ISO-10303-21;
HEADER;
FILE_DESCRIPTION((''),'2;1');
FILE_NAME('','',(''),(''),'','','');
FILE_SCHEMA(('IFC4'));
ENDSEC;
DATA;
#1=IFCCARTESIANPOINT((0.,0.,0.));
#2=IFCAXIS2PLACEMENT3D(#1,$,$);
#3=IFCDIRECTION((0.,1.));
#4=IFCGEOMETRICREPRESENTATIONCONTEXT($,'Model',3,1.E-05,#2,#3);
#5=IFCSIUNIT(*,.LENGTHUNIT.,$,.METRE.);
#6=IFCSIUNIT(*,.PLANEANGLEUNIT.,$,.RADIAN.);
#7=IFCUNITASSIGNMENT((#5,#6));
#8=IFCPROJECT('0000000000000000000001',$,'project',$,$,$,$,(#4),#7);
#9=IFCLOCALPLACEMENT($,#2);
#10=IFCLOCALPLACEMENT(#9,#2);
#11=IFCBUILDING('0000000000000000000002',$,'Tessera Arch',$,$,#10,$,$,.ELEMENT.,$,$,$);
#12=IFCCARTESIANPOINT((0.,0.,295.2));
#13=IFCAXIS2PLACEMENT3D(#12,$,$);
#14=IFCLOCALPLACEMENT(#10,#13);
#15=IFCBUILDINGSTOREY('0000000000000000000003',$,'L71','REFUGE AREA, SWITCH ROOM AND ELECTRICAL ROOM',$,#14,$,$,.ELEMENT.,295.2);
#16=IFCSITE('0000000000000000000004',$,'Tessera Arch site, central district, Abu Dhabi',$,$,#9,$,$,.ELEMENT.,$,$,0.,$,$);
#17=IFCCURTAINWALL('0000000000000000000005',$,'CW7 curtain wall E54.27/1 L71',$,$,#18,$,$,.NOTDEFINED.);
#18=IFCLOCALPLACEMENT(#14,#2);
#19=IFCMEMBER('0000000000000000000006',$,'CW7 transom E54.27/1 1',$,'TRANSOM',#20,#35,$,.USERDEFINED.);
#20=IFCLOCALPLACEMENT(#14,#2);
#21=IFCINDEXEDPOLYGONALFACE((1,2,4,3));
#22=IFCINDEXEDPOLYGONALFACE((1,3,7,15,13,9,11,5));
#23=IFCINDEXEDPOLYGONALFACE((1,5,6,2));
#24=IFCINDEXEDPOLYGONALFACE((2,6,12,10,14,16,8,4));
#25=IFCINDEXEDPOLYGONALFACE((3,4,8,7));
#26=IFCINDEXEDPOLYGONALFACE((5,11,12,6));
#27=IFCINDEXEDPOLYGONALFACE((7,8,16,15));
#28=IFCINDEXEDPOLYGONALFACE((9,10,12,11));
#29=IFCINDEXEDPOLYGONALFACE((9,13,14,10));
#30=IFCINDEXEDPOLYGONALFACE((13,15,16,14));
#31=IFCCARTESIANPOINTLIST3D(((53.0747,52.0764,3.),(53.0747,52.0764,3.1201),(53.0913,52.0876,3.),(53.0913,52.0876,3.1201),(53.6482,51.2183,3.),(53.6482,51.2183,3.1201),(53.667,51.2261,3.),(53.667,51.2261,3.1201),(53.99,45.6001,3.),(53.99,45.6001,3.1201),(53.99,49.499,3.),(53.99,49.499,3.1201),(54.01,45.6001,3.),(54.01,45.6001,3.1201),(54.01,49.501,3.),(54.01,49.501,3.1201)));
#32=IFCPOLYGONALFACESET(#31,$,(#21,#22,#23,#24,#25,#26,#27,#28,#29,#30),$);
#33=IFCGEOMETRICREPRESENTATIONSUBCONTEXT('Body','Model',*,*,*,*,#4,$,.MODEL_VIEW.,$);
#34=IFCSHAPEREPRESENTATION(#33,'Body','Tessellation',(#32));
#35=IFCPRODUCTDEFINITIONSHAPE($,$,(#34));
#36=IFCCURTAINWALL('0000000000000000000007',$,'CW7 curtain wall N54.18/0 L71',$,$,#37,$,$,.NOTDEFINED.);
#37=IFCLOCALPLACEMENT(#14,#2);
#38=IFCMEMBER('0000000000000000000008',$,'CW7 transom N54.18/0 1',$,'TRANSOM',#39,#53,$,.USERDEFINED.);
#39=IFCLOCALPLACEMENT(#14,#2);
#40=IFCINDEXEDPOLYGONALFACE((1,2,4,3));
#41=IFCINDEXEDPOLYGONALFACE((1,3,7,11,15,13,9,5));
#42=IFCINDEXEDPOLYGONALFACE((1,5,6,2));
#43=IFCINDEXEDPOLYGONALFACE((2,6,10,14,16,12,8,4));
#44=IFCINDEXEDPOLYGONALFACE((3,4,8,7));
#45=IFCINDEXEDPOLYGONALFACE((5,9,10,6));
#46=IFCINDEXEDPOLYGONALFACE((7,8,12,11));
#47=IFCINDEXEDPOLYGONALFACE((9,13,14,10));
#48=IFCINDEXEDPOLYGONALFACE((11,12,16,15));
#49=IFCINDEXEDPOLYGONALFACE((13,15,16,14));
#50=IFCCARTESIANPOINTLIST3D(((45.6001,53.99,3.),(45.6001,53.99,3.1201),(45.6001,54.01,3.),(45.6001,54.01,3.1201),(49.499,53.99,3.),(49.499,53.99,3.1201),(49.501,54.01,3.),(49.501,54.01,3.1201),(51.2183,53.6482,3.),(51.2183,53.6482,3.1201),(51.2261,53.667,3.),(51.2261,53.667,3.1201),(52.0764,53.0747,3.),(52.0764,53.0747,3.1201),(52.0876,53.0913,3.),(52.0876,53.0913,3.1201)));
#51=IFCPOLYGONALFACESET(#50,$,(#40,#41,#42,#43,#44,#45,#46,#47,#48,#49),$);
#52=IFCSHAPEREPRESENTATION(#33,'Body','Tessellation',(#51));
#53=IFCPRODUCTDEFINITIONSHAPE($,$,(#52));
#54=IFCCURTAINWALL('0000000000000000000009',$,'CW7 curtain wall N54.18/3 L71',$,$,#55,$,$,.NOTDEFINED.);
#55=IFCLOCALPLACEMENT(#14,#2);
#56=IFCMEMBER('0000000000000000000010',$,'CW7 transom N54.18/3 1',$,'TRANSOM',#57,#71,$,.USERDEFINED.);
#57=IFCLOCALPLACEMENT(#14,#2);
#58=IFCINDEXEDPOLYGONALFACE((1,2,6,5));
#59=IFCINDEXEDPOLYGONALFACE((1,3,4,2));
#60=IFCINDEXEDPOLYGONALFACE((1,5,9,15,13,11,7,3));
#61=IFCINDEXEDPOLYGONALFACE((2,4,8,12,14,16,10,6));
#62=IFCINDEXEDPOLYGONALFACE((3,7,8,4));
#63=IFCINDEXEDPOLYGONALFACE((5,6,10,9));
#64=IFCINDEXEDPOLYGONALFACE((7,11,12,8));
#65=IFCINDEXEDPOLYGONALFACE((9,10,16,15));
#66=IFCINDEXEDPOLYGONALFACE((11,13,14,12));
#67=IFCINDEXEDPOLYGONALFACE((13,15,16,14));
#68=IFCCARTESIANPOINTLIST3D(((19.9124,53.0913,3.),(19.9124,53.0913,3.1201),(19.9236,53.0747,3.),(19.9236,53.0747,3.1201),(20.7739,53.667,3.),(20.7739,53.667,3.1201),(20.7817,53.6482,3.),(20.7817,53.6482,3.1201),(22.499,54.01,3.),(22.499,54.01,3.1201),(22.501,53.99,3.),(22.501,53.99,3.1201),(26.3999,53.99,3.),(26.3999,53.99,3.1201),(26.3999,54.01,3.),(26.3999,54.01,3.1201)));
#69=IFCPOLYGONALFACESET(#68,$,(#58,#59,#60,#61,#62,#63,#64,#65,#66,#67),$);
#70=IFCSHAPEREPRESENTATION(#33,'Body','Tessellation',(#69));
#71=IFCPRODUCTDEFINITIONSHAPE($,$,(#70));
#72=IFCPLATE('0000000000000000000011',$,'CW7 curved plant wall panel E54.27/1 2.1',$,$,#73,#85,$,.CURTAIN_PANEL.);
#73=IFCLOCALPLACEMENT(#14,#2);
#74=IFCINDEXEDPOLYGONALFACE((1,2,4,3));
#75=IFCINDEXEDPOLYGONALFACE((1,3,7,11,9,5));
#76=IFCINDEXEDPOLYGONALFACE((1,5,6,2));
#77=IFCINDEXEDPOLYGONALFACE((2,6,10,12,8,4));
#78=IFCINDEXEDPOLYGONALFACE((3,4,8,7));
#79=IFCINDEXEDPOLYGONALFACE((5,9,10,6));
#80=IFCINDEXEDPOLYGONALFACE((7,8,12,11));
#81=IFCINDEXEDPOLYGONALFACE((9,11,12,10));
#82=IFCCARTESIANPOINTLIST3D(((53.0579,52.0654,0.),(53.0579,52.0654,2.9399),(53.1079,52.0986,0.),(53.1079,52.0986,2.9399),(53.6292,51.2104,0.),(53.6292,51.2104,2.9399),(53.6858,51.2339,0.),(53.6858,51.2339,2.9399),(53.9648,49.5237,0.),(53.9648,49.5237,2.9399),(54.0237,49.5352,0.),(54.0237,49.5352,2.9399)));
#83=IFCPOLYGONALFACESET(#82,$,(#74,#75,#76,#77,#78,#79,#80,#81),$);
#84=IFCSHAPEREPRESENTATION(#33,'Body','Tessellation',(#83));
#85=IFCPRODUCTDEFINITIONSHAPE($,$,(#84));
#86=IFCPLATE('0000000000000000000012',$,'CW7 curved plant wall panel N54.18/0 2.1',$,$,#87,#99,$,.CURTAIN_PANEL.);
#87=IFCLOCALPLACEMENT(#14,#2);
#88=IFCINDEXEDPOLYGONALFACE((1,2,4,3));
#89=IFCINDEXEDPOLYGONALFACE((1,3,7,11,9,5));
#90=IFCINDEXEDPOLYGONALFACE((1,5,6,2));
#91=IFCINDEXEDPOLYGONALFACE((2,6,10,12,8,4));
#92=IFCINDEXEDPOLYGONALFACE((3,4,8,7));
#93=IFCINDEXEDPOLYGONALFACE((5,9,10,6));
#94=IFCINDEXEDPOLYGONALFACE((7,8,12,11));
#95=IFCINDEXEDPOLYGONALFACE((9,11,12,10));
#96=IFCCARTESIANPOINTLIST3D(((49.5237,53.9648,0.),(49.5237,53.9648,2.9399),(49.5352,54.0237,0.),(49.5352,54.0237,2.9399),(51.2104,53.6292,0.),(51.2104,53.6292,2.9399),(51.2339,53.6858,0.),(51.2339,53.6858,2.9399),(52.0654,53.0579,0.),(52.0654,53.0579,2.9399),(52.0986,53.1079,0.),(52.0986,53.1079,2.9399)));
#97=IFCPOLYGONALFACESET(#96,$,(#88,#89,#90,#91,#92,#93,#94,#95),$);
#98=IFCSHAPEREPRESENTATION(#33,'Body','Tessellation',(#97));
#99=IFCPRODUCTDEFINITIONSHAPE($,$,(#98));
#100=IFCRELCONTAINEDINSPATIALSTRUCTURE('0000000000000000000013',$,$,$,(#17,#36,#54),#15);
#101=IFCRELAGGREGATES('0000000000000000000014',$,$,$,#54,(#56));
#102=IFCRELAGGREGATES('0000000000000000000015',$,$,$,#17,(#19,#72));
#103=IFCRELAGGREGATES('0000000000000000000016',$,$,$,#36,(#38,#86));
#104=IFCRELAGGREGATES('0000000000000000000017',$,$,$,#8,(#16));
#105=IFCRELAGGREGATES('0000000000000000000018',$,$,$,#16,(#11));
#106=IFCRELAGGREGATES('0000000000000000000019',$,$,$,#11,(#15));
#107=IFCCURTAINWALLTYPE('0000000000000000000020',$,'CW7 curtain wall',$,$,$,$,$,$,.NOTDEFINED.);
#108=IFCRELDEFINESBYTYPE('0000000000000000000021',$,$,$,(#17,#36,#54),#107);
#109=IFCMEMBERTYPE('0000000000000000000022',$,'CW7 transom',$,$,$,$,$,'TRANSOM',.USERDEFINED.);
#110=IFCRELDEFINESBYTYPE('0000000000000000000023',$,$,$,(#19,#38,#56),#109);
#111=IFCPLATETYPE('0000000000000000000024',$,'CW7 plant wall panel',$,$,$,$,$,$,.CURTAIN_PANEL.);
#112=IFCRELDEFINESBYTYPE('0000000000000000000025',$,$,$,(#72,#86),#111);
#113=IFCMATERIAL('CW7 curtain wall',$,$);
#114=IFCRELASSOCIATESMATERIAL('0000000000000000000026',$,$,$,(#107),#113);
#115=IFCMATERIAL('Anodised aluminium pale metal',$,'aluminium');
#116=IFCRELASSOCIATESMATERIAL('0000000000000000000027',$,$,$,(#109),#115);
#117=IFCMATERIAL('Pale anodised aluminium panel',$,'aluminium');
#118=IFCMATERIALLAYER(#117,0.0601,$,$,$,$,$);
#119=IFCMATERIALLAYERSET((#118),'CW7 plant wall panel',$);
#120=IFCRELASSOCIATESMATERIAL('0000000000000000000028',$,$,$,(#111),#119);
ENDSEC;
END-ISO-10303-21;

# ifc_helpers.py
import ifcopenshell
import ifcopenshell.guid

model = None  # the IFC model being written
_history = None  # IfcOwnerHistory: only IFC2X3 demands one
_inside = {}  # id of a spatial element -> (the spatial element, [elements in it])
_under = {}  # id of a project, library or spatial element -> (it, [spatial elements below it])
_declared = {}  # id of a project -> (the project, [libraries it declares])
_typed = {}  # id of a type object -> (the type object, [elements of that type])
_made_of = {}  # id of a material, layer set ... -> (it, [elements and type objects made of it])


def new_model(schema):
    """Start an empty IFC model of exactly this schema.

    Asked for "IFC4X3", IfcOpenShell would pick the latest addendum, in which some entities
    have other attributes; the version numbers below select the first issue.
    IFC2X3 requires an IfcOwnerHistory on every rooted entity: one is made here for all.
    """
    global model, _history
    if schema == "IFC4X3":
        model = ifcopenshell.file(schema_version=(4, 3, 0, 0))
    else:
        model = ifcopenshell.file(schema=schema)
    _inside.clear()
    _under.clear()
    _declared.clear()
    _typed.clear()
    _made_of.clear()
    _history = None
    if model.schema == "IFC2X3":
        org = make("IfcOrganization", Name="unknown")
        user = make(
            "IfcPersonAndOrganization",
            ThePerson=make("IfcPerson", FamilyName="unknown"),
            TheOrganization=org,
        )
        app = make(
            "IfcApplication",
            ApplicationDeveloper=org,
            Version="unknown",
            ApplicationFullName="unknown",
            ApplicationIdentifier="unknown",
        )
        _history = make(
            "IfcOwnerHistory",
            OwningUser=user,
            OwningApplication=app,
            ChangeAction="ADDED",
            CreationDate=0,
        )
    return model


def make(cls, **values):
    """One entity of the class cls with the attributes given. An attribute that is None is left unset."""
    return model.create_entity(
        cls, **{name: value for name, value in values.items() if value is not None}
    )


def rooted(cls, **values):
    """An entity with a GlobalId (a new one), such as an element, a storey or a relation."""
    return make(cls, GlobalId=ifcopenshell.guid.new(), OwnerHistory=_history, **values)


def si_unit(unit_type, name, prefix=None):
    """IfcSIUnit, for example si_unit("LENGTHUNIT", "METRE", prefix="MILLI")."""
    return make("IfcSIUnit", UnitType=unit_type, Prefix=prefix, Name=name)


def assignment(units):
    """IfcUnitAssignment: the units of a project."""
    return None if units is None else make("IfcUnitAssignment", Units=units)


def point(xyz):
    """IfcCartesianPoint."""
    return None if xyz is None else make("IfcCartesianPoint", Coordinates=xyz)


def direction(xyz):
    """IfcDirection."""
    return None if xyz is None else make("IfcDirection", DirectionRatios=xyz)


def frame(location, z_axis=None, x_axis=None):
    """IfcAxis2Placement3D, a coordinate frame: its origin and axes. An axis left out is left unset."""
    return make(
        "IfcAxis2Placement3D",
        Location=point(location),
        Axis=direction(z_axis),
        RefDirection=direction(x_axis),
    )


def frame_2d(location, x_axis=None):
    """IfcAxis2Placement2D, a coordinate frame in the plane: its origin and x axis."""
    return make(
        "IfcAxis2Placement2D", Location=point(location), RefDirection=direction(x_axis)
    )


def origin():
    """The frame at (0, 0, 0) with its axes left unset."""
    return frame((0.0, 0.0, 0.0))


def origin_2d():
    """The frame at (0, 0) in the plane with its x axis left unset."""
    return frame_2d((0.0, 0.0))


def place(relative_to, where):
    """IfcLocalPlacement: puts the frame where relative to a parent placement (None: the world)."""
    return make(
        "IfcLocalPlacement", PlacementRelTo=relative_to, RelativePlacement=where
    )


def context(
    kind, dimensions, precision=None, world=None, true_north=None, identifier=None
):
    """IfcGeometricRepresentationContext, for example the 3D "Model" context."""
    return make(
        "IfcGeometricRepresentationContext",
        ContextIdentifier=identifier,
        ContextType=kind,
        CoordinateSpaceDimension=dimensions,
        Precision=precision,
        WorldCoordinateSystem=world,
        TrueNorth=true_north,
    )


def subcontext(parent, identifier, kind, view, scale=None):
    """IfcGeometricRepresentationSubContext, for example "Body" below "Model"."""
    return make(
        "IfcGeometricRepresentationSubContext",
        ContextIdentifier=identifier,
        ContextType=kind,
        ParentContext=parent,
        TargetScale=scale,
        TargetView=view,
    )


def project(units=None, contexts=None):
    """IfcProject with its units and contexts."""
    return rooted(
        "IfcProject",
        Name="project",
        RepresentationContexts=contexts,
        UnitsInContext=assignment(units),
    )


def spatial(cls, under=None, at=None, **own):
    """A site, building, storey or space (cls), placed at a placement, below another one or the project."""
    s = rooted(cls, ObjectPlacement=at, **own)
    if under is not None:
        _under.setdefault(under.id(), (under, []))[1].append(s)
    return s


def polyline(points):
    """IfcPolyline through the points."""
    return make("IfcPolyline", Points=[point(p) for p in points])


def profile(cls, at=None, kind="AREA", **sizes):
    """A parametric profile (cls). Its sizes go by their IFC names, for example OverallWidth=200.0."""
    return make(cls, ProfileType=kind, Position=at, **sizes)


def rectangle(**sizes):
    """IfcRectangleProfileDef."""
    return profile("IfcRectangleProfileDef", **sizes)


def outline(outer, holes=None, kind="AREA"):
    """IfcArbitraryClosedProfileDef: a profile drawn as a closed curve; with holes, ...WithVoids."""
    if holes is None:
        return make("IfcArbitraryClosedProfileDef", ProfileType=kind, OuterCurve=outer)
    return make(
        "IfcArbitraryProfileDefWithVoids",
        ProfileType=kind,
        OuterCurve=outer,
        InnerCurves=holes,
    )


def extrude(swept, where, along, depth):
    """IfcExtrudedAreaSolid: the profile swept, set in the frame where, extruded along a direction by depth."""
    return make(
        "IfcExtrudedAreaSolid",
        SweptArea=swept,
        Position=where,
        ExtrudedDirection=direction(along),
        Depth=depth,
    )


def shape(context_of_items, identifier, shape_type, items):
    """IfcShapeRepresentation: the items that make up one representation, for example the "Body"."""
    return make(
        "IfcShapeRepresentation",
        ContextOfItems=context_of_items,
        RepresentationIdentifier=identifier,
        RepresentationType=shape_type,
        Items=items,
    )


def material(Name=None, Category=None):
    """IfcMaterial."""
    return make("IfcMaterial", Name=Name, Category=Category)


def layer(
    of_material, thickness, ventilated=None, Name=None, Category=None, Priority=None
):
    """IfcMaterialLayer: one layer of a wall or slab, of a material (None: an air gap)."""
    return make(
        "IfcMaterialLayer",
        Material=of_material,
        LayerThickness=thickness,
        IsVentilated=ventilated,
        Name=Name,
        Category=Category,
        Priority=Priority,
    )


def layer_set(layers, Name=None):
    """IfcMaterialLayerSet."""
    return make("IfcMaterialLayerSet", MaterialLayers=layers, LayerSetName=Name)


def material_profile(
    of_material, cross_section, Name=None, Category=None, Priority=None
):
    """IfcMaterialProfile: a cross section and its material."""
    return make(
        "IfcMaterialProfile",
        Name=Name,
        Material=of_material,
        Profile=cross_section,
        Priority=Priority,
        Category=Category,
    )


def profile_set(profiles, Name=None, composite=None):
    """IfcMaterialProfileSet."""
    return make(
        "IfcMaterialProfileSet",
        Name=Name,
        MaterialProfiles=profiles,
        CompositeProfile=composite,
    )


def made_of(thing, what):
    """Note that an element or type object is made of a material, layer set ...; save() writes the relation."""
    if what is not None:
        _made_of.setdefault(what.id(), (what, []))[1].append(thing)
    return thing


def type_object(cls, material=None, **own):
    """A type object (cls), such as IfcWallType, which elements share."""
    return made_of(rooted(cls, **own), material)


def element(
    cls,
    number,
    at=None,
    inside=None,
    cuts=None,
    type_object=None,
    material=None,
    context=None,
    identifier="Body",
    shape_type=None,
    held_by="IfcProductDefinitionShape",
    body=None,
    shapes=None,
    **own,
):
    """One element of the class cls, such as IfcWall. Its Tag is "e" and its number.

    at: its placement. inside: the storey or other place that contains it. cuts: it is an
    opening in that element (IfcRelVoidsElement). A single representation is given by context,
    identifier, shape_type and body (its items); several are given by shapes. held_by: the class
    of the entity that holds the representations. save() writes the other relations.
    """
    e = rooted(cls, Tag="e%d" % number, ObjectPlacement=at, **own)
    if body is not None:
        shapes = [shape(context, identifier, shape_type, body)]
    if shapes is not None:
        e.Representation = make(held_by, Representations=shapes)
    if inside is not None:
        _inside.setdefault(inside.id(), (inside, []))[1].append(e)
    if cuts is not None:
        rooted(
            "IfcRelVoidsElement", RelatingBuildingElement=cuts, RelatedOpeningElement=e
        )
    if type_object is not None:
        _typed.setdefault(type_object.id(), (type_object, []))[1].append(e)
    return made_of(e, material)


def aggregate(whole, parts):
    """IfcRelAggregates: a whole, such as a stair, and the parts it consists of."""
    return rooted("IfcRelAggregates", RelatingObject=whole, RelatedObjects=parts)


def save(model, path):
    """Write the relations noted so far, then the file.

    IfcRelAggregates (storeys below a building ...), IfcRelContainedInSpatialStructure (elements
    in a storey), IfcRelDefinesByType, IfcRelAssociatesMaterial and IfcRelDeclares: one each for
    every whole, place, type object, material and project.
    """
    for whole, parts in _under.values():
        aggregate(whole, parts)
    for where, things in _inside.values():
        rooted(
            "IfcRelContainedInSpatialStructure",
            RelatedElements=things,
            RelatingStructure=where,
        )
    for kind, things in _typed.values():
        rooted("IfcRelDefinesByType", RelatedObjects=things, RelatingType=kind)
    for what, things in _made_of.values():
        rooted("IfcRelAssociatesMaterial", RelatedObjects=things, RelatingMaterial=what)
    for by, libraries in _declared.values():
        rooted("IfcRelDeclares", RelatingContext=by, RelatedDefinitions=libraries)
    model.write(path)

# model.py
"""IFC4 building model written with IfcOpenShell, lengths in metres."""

from ifc_helpers import new_model, si_unit, direction, frame, origin, origin_2d, place, context, subcontext, project, spatial, polyline, rectangle, outline, extrude, material, layer, layer_set, material_profile, profile_set, type_object, element, aggregate, save


model = new_model("IFC4")

# Units and contexts
model_context = context("Model", 3, precision=1e-05, world=origin(), true_north=direction((0.0, 1.0)))
body_context = subcontext(model_context, "Body", "Model", "MODEL_VIEW")
ifc_project = project(units=[si_unit("LENGTHUNIT", "METRE"), si_unit("PLANEANGLEUNIT", "RADIAN")], contexts=[model_context])

# Site, building, storey
site_placement = place(None, origin())
site = spatial("IfcSite", under=ifc_project, at=site_placement, Name="Tessera Arch site, central district, Abu Dhabi", CompositionType="ELEMENT", RefElevation=0.0)
building_placement = place(site_placement, origin())
building = spatial("IfcBuilding", under=site, at=building_placement, Name="Tessera Arch", CompositionType="ELEMENT")
storey_placement = place(building_placement, frame((0.0, 0.0, 295.2)))
storey = spatial("IfcBuildingStorey", under=building, at=storey_placement, Name="L71", Description="REFUGE AREA, SWITCH ROOM AND ELECTRICAL ROOM", CompositionType="ELEMENT", Elevation=295.2)

# Curtain walls, members
ifc_material_1 = material(Name="CW7 curtain wall")
curtain_wall_type = type_object("IfcCurtainWallType", Name="CW7 curtain wall", PredefinedType="NOTDEFINED", material=ifc_material_1)
curtain_wall_1_placement = place(storey_placement, origin())
curtain_wall_1 = element("IfcCurtainWall", 1, at=curtain_wall_1_placement, inside=storey, type_object=curtain_wall_type, Name="CW7 curtain wall E54.27/1 L71", PredefinedType="NOTDEFINED")
ifc_material_2 = material(Name="Anodised aluminium pale metal", Category="aluminium")
ifc_material_profile = material_profile(ifc_material_2, rectangle(XDim=0.1599, YDim=0.1201, at=origin_2d()), Name="AL 160x120")
ifc_profile_set = profile_set([ifc_material_profile], Name="Anodised aluminium pale metal")
member_type = type_object("IfcMemberType", Name="CW7 transom", ElementType="TRANSOM", PredefinedType="USERDEFINED", material=ifc_profile_set)
member_1_placement = place(storey_placement, frame((0.0, 0.0, 3.0)))
member_1 = element("IfcMember", 2, at=member_1_placement, type_object=member_type, Name="CW7 transom E54.27/1 1", ObjectType="TRANSOM", PredefinedType="USERDEFINED", context=body_context, shape_type="SweptSolid", body=[
    extrude(outline(polyline([(53.99, 49.499), (53.99, 45.6001), (54.01, 45.6001), (54.01, 49.501), (53.667, 51.2261), (53.0913, 52.0876), (53.0747, 52.0764), (53.6482, 51.2183), (53.99, 49.499)])), origin(), (0.0, 0.0, 1.0), 0.1201),
])
curtain_wall_2_placement = place(storey_placement, origin())
curtain_wall_2 = element("IfcCurtainWall", 3, at=curtain_wall_2_placement, inside=storey, type_object=curtain_wall_type, Name="CW7 curtain wall N54.18/0 L71", PredefinedType="NOTDEFINED")
member_2_placement = place(storey_placement, frame((0.0, 0.0, 3.0)))
member_2 = element("IfcMember", 4, at=member_2_placement, type_object=member_type, Name="CW7 transom N54.18/0 1", ObjectType="TRANSOM", PredefinedType="USERDEFINED", context=body_context, shape_type="SweptSolid", body=[
    extrude(outline(polyline([(51.2183, 53.6482), (52.0764, 53.0747), (52.0876, 53.0913), (51.2261, 53.667), (49.501, 54.01), (45.6001, 54.01), (45.6001, 53.99), (49.499, 53.99), (51.2183, 53.6482)])), origin(), (0.0, 0.0, 1.0), 0.1201),
])
curtain_wall_3_placement = place(storey_placement, origin())
curtain_wall_3 = element("IfcCurtainWall", 5, at=curtain_wall_3_placement, inside=storey, type_object=curtain_wall_type, Name="CW7 curtain wall N54.18/3 L71", PredefinedType="NOTDEFINED")
member_3_placement = place(storey_placement, frame((0.0, 0.0, 3.0)))
member_3 = element("IfcMember", 6, at=member_3_placement, type_object=member_type, Name="CW7 transom N54.18/3 1", ObjectType="TRANSOM", PredefinedType="USERDEFINED", context=body_context, shape_type="SweptSolid", body=[
    extrude(outline(polyline([(22.501, 53.99), (26.3999, 53.99), (26.3999, 54.01), (22.499, 54.01), (20.7739, 53.667), (19.9124, 53.0913), (19.9236, 53.0747), (20.7817, 53.6482), (22.501, 53.99)])), origin(), (0.0, 0.0, 1.0), 0.1201),
])
aggregate(curtain_wall_3, [member_3])

# Plates
ifc_material_3 = material(Name="Pale anodised aluminium panel", Category="aluminium")
ifc_layer_1 = layer(ifc_material_3, 0.0601)
ifc_layer_set_1 = layer_set([ifc_layer_1], Name="CW7 plant wall panel")
plate_type = type_object("IfcPlateType", Name="CW7 plant wall panel", PredefinedType="CURTAIN_PANEL", material=ifc_layer_set_1)
plate_1_placement = place(storey_placement, origin())
plate_1 = element("IfcPlate", 7, at=plate_1_placement, type_object=plate_type, Name="CW7 curved plant wall panel E54.27/1 2.1", PredefinedType="CURTAIN_PANEL", context=body_context, shape_type="SweptSolid", body=[
    extrude(outline(polyline([(53.6292, 51.2104), (53.9648, 49.5237), (54.0237, 49.5352), (53.6858, 51.2339), (53.1079, 52.0986), (53.0579, 52.0654), (53.6292, 51.2104)])), origin(), (0.0, 0.0, 1.0), 2.9399),
])
aggregate(curtain_wall_1, [member_1, plate_1])
plate_2_placement = place(storey_placement, origin())
plate_2 = element("IfcPlate", 8, at=plate_2_placement, type_object=plate_type, Name="CW7 curved plant wall panel N54.18/0 2.1", PredefinedType="CURTAIN_PANEL", context=body_context, shape_type="SweptSolid", body=[
    extrude(outline(polyline([(51.2104, 53.6292), (52.0654, 53.0579), (52.0986, 53.1079), (51.2339, 53.6858), (49.5352, 54.0237), (49.5237, 53.9648), (51.2104, 53.6292)])), origin(), (0.0, 0.0, 1.0), 2.9399),
])
aggregate(curtain_wall_2, [member_2, plate_2])

save(model, "model.ifc")
